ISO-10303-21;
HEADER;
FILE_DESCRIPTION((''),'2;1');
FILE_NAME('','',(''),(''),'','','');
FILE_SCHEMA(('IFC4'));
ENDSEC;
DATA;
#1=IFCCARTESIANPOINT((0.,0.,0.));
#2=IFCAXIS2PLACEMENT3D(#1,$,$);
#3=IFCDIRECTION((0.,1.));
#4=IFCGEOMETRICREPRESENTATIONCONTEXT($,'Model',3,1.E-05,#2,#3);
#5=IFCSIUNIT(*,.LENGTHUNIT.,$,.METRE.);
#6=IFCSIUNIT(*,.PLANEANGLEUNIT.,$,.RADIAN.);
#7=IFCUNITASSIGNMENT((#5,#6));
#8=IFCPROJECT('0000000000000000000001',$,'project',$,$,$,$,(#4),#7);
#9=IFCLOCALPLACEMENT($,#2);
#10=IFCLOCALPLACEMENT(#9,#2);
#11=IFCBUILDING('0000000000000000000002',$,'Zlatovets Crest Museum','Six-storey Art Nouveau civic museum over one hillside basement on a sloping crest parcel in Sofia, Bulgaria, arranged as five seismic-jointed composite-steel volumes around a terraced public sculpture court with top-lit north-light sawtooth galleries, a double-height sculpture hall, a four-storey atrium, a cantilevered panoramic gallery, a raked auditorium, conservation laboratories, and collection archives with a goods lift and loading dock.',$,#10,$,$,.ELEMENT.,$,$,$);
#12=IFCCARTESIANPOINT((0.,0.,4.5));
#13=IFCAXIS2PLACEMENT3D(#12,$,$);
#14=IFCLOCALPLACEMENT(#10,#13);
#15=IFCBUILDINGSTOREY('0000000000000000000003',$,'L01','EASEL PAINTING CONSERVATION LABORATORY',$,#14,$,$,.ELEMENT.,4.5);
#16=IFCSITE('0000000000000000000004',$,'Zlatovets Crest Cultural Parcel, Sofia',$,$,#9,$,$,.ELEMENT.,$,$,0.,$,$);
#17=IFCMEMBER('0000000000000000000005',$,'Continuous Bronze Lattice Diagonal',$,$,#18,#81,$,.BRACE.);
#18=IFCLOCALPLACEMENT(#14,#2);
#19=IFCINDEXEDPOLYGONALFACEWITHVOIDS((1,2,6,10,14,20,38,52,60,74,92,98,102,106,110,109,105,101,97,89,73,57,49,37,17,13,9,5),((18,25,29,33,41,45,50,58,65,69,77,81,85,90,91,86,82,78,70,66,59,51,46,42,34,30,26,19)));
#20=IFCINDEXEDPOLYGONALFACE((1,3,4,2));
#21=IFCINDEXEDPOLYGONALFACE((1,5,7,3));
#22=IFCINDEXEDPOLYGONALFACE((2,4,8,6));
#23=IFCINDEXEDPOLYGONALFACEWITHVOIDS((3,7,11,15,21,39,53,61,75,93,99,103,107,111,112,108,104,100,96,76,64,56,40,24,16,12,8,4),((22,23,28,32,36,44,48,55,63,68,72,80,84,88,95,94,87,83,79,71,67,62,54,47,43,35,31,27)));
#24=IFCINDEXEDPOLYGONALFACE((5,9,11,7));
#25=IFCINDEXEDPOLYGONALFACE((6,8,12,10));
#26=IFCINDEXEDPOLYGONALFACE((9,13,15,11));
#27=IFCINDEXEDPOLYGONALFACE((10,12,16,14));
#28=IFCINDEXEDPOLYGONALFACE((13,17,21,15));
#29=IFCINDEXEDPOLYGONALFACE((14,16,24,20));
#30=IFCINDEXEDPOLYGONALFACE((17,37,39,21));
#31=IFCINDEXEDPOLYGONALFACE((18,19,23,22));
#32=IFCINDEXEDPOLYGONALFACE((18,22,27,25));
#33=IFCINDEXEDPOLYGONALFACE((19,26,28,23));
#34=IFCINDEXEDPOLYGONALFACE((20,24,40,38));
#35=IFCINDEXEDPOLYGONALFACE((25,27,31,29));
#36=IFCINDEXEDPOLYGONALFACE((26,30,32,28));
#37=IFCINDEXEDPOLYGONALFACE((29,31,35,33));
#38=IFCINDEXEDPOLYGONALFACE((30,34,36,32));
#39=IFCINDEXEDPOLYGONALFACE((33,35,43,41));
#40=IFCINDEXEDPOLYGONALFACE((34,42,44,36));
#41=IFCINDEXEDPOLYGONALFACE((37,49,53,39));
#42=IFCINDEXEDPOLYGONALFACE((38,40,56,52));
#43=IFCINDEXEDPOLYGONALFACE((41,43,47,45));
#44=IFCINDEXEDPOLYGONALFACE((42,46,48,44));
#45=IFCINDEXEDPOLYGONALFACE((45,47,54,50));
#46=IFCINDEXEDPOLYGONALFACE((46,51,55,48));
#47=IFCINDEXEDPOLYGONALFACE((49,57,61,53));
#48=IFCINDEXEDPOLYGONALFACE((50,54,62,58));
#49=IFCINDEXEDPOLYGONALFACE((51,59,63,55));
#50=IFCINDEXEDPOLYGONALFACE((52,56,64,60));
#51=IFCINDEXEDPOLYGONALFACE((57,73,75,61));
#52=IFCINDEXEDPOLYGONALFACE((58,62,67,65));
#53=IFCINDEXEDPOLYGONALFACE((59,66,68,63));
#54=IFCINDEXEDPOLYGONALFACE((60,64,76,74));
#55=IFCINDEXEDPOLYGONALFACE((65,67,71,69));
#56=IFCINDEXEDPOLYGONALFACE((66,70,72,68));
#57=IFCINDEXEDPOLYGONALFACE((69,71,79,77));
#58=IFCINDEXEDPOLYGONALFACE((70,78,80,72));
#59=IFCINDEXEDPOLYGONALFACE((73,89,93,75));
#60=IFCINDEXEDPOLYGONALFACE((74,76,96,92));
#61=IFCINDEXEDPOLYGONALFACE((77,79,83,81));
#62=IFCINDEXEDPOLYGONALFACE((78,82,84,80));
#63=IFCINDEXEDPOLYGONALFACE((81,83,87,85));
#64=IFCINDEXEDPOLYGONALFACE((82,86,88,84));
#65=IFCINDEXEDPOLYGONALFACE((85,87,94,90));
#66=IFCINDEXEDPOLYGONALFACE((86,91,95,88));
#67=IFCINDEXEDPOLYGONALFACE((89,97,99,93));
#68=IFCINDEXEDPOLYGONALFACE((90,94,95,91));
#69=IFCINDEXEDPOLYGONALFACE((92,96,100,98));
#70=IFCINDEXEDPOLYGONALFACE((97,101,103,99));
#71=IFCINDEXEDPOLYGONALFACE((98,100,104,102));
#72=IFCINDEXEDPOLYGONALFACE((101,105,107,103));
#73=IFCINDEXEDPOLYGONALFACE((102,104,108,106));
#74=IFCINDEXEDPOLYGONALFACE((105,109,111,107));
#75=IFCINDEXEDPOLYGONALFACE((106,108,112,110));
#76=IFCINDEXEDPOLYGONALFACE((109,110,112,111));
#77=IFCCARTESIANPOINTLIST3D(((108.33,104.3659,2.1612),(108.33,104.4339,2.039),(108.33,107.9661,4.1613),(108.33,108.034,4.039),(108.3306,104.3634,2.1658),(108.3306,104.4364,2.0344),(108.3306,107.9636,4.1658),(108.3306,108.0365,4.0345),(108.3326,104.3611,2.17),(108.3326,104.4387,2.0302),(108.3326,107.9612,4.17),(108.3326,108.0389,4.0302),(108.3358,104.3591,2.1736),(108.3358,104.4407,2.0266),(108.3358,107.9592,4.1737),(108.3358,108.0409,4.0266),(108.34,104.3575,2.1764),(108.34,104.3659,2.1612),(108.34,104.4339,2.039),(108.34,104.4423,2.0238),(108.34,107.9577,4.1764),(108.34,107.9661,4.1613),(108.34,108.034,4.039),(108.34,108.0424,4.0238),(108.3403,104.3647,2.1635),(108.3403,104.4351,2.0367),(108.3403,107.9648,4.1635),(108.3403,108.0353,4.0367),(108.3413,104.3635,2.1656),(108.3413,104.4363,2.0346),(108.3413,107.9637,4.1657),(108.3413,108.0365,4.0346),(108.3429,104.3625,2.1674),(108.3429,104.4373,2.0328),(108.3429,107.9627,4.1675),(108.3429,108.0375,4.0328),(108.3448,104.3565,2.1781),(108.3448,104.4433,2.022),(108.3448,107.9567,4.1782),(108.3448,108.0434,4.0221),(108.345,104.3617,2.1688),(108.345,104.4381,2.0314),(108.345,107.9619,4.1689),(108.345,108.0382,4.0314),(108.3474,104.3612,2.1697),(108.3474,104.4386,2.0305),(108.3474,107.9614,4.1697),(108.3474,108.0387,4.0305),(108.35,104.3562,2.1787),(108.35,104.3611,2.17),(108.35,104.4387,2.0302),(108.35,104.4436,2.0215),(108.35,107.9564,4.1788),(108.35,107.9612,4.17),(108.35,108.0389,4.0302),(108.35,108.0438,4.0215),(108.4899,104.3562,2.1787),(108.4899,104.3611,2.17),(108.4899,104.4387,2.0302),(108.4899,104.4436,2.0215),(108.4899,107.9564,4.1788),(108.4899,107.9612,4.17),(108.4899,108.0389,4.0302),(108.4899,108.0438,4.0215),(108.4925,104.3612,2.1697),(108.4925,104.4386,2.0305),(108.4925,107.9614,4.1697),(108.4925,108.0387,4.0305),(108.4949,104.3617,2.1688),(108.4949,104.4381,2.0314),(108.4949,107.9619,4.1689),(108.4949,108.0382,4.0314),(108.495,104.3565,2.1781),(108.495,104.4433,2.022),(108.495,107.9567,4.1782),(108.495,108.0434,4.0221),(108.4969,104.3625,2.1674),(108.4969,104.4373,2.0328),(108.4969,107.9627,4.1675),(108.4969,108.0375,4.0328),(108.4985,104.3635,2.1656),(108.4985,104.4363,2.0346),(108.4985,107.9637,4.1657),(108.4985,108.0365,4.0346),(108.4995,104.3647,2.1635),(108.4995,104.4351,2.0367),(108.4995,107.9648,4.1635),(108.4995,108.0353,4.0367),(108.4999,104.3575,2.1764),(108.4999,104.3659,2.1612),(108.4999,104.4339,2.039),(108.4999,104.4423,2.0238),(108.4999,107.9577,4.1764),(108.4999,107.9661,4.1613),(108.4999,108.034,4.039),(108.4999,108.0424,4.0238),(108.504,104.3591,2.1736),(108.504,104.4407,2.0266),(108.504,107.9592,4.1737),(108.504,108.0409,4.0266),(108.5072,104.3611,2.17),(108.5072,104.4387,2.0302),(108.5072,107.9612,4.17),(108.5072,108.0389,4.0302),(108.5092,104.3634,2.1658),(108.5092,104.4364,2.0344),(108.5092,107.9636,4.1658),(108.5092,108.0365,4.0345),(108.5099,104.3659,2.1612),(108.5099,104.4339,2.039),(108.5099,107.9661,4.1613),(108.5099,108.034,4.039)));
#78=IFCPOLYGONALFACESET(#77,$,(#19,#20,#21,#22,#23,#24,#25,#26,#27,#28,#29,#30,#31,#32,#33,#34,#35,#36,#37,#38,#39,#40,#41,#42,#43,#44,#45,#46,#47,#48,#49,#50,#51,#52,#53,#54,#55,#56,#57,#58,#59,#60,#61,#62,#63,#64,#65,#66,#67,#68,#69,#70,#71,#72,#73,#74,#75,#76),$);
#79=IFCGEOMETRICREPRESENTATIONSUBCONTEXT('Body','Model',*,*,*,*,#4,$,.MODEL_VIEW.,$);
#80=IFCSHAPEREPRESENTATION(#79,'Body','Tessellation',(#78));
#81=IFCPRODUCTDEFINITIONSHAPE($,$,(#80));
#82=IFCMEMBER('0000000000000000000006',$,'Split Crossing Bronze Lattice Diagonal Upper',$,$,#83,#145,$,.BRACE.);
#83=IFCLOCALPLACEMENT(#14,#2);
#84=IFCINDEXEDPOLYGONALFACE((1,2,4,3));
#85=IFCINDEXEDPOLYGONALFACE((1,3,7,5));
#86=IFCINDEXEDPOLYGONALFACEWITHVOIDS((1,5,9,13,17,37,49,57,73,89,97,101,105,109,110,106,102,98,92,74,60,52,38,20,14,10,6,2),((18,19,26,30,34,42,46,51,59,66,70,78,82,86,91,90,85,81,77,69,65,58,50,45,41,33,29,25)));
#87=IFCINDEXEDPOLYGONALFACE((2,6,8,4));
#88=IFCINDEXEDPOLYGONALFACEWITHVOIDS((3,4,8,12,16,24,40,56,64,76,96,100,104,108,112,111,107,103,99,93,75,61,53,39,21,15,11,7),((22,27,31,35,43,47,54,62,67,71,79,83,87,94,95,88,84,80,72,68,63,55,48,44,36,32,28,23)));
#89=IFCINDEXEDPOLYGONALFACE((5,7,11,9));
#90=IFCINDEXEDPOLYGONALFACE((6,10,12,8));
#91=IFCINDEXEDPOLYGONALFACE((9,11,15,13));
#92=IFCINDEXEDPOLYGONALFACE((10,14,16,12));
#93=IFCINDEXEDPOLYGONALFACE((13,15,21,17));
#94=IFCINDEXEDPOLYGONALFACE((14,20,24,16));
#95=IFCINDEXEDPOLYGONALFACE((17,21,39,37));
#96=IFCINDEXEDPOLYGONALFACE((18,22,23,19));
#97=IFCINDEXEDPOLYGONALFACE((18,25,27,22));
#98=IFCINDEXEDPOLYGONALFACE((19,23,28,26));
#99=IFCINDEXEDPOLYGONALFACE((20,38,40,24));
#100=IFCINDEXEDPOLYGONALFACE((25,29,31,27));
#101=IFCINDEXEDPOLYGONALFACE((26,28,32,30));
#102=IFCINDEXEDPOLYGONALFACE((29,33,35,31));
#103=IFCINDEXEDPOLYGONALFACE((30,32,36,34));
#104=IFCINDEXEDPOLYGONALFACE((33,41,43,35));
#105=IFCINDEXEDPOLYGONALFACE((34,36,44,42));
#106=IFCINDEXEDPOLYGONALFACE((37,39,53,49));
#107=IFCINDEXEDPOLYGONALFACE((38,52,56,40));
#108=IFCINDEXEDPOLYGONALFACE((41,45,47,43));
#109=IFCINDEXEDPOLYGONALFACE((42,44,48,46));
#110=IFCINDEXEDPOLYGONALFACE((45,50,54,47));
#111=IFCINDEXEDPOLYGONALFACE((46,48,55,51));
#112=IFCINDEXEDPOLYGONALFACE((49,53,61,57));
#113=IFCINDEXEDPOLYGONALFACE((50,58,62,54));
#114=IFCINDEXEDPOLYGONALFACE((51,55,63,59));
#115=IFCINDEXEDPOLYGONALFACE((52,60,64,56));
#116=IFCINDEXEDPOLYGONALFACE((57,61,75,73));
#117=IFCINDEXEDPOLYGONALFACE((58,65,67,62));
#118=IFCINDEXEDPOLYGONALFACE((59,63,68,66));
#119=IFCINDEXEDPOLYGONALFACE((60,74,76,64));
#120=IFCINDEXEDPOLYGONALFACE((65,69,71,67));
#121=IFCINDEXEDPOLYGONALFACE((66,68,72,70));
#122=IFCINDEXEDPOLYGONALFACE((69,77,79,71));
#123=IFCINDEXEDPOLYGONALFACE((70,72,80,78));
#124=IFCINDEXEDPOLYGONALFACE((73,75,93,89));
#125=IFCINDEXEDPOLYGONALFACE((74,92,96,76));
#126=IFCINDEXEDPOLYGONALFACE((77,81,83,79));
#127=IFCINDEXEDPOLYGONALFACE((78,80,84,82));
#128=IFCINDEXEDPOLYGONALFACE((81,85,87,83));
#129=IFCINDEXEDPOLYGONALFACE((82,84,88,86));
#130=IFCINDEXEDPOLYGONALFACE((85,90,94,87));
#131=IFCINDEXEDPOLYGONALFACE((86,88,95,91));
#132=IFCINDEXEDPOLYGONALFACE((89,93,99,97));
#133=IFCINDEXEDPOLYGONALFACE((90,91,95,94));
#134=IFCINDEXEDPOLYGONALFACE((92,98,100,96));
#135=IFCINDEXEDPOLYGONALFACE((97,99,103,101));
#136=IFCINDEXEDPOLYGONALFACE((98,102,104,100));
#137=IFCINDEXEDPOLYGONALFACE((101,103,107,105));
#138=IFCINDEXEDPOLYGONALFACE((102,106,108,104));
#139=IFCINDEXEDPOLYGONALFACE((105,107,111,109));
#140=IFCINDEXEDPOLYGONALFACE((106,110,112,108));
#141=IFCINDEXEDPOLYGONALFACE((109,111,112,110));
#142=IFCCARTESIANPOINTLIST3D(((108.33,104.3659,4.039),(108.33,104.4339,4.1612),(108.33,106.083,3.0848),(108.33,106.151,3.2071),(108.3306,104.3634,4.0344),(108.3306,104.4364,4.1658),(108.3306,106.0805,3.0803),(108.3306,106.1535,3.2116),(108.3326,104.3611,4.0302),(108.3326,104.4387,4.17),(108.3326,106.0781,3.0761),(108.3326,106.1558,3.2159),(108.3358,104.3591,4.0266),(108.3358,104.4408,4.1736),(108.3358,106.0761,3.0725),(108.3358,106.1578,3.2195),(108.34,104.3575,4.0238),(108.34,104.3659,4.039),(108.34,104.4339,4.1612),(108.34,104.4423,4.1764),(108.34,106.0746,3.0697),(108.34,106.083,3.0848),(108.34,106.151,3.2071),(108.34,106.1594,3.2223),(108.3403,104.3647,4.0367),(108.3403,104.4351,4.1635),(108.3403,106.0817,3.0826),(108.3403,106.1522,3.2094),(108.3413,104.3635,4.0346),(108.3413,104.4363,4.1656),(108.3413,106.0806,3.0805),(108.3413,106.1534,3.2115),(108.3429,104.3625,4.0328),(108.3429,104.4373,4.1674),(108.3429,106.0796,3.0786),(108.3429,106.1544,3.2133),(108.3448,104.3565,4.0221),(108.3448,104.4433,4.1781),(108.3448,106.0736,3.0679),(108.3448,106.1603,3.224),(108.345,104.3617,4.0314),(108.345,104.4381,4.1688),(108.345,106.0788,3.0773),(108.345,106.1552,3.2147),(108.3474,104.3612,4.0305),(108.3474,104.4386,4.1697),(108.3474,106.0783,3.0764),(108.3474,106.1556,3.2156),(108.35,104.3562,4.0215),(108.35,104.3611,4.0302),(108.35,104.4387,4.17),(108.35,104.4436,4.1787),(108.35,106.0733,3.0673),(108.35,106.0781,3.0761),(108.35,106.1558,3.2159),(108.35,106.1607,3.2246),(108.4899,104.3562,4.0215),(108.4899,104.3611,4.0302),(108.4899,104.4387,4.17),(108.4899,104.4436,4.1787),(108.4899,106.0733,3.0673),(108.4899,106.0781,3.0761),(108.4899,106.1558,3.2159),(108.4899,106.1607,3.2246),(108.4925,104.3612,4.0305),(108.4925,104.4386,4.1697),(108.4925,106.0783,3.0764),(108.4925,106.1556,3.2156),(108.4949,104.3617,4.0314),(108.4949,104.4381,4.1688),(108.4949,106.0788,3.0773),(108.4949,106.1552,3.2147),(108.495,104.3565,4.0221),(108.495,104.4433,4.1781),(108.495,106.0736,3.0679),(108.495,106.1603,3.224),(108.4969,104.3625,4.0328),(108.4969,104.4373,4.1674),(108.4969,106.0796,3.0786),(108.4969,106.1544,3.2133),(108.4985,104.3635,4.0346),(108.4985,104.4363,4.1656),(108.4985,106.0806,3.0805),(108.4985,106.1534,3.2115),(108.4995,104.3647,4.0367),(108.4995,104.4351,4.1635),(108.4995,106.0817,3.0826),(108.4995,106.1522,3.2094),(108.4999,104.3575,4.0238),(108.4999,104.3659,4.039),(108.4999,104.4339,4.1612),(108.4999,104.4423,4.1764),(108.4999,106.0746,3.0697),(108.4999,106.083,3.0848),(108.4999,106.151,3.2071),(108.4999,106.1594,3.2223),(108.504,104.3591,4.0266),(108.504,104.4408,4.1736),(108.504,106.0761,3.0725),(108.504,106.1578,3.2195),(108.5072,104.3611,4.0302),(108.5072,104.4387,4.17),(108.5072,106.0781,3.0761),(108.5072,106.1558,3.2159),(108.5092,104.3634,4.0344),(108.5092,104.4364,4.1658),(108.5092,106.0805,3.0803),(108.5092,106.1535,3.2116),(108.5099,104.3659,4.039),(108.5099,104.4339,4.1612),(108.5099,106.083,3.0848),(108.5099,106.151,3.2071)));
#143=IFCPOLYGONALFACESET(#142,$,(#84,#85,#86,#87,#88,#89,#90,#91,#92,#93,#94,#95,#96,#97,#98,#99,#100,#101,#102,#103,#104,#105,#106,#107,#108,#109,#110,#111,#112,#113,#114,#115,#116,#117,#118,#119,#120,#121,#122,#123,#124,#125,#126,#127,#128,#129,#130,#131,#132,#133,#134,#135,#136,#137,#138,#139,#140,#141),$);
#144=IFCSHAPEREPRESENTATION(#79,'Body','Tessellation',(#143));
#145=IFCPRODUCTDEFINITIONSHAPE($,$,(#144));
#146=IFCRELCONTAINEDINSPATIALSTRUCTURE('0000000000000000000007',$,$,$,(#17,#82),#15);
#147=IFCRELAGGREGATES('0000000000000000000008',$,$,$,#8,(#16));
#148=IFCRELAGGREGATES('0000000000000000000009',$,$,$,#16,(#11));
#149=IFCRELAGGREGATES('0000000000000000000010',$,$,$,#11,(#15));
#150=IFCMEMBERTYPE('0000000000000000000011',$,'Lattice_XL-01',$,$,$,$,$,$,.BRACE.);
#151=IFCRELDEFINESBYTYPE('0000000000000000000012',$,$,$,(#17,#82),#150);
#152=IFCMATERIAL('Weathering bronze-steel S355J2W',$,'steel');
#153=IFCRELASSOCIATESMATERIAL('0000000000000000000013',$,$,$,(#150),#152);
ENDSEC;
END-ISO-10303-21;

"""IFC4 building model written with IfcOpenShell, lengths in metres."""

from ifc_helpers import new_model, si_unit, direction, frame, origin, origin_2d, place, context, subcontext, project, spatial, hollow_rectangle, extrude, material, material_profile, profile_set, type_object, element, save


model = new_model("IFC4")

# Units and contexts
model_context = context("Model", 3, precision=1e-05, world=origin(), true_north=direction((0.0, 1.0)))
body_context = subcontext(model_context, "Body", "Model", "MODEL_VIEW")
ifc_project = project(units=[si_unit("LENGTHUNIT", "METRE"), si_unit("PLANEANGLEUNIT", "RADIAN")], contexts=[model_context])

# Site, building, storey
site_placement = place(None, origin())
site = spatial("IfcSite", under=ifc_project, at=site_placement, Name="Zlatovets Crest Cultural Parcel, Sofia", CompositionType="ELEMENT", RefElevation=0.0)
building_placement = place(site_placement, origin())
building = spatial("IfcBuilding", under=site, at=building_placement, Name="Zlatovets Crest Museum", Description="Six-storey Art Nouveau civic museum over one hillside basement on a sloping crest parcel in Sofia, Bulgaria, arranged as five seismic-jointed composite-steel volumes around a terraced public sculpture court with top-lit north-light sawtooth galleries, a double-height sculpture hall, a four-storey atrium, a cantilevered panoramic gallery, a raked auditorium, conservation laboratories, and collection archives with a goods lift and loading dock.", CompositionType="ELEMENT")
storey_placement = place(building_placement, frame((0.0, 0.0, 4.5)))
storey = spatial("IfcBuildingStorey", under=building, at=storey_placement, Name="L01", Description="EASEL PAINTING CONSERVATION LABORATORY", CompositionType="ELEMENT", Elevation=4.5)

# Members
ifc_material_1 = material(Name="Weathering bronze-steel S355J2W", Category="steel")
ifc_material_profile_1 = material_profile(ifc_material_1, hollow_rectangle(XDim=0.1799, YDim=0.1799, WallThickness=0.01, InnerFilletRadius=0.01, OuterFilletRadius=0.02, at=origin_2d()), Name="SHS 180x180x10.0")
ifc_profile_set_1 = profile_set([ifc_material_profile_1], Name="Weathering bronze-steel S355J2W")
member_type_1 = type_object("IfcMemberType", Name="Lattice_XL-01", PredefinedType="BRACE", material=ifc_profile_set_1)
member_1_placement = place(storey_placement, frame((108.4199, 104.3999, 2.1001), z_axis=(0.0, 0.874163, 0.485633), x_axis=(-1.0, 0.0, 0.0)))
element("IfcMember", 1, at=member_1_placement, inside=storey, type_object=member_type_1, Name="Continuous Bronze Lattice Diagonal", PredefinedType="BRACE", context=body_context, shape_type="SweptSolid", body=[
    extrude(hollow_rectangle(XDim=0.1799, YDim=0.1799, WallThickness=0.01, InnerFilletRadius=0.01, OuterFilletRadius=0.02, at=origin_2d()), origin(), (0.0, 0.0, 1.0), 4.1184),
])
member_2_placement = place(storey_placement, frame((108.4199, 104.3999, 4.1001), z_axis=(0.0, 0.874116, -0.485717), x_axis=(-1.0, 0.0, 0.0)))
element("IfcMember", 2, at=member_2_placement, inside=storey, type_object=member_type_1, Name="Split Crossing Bronze Lattice Diagonal Upper", PredefinedType="BRACE", context=body_context, shape_type="SweptSolid", body=[
    extrude(hollow_rectangle(XDim=0.1799, YDim=0.1799, WallThickness=0.01, InnerFilletRadius=0.01, OuterFilletRadius=0.02, at=origin_2d()), origin(), (0.0, 0.0, 1.0), 1.9644),
])

save(model, "model.ifc")
